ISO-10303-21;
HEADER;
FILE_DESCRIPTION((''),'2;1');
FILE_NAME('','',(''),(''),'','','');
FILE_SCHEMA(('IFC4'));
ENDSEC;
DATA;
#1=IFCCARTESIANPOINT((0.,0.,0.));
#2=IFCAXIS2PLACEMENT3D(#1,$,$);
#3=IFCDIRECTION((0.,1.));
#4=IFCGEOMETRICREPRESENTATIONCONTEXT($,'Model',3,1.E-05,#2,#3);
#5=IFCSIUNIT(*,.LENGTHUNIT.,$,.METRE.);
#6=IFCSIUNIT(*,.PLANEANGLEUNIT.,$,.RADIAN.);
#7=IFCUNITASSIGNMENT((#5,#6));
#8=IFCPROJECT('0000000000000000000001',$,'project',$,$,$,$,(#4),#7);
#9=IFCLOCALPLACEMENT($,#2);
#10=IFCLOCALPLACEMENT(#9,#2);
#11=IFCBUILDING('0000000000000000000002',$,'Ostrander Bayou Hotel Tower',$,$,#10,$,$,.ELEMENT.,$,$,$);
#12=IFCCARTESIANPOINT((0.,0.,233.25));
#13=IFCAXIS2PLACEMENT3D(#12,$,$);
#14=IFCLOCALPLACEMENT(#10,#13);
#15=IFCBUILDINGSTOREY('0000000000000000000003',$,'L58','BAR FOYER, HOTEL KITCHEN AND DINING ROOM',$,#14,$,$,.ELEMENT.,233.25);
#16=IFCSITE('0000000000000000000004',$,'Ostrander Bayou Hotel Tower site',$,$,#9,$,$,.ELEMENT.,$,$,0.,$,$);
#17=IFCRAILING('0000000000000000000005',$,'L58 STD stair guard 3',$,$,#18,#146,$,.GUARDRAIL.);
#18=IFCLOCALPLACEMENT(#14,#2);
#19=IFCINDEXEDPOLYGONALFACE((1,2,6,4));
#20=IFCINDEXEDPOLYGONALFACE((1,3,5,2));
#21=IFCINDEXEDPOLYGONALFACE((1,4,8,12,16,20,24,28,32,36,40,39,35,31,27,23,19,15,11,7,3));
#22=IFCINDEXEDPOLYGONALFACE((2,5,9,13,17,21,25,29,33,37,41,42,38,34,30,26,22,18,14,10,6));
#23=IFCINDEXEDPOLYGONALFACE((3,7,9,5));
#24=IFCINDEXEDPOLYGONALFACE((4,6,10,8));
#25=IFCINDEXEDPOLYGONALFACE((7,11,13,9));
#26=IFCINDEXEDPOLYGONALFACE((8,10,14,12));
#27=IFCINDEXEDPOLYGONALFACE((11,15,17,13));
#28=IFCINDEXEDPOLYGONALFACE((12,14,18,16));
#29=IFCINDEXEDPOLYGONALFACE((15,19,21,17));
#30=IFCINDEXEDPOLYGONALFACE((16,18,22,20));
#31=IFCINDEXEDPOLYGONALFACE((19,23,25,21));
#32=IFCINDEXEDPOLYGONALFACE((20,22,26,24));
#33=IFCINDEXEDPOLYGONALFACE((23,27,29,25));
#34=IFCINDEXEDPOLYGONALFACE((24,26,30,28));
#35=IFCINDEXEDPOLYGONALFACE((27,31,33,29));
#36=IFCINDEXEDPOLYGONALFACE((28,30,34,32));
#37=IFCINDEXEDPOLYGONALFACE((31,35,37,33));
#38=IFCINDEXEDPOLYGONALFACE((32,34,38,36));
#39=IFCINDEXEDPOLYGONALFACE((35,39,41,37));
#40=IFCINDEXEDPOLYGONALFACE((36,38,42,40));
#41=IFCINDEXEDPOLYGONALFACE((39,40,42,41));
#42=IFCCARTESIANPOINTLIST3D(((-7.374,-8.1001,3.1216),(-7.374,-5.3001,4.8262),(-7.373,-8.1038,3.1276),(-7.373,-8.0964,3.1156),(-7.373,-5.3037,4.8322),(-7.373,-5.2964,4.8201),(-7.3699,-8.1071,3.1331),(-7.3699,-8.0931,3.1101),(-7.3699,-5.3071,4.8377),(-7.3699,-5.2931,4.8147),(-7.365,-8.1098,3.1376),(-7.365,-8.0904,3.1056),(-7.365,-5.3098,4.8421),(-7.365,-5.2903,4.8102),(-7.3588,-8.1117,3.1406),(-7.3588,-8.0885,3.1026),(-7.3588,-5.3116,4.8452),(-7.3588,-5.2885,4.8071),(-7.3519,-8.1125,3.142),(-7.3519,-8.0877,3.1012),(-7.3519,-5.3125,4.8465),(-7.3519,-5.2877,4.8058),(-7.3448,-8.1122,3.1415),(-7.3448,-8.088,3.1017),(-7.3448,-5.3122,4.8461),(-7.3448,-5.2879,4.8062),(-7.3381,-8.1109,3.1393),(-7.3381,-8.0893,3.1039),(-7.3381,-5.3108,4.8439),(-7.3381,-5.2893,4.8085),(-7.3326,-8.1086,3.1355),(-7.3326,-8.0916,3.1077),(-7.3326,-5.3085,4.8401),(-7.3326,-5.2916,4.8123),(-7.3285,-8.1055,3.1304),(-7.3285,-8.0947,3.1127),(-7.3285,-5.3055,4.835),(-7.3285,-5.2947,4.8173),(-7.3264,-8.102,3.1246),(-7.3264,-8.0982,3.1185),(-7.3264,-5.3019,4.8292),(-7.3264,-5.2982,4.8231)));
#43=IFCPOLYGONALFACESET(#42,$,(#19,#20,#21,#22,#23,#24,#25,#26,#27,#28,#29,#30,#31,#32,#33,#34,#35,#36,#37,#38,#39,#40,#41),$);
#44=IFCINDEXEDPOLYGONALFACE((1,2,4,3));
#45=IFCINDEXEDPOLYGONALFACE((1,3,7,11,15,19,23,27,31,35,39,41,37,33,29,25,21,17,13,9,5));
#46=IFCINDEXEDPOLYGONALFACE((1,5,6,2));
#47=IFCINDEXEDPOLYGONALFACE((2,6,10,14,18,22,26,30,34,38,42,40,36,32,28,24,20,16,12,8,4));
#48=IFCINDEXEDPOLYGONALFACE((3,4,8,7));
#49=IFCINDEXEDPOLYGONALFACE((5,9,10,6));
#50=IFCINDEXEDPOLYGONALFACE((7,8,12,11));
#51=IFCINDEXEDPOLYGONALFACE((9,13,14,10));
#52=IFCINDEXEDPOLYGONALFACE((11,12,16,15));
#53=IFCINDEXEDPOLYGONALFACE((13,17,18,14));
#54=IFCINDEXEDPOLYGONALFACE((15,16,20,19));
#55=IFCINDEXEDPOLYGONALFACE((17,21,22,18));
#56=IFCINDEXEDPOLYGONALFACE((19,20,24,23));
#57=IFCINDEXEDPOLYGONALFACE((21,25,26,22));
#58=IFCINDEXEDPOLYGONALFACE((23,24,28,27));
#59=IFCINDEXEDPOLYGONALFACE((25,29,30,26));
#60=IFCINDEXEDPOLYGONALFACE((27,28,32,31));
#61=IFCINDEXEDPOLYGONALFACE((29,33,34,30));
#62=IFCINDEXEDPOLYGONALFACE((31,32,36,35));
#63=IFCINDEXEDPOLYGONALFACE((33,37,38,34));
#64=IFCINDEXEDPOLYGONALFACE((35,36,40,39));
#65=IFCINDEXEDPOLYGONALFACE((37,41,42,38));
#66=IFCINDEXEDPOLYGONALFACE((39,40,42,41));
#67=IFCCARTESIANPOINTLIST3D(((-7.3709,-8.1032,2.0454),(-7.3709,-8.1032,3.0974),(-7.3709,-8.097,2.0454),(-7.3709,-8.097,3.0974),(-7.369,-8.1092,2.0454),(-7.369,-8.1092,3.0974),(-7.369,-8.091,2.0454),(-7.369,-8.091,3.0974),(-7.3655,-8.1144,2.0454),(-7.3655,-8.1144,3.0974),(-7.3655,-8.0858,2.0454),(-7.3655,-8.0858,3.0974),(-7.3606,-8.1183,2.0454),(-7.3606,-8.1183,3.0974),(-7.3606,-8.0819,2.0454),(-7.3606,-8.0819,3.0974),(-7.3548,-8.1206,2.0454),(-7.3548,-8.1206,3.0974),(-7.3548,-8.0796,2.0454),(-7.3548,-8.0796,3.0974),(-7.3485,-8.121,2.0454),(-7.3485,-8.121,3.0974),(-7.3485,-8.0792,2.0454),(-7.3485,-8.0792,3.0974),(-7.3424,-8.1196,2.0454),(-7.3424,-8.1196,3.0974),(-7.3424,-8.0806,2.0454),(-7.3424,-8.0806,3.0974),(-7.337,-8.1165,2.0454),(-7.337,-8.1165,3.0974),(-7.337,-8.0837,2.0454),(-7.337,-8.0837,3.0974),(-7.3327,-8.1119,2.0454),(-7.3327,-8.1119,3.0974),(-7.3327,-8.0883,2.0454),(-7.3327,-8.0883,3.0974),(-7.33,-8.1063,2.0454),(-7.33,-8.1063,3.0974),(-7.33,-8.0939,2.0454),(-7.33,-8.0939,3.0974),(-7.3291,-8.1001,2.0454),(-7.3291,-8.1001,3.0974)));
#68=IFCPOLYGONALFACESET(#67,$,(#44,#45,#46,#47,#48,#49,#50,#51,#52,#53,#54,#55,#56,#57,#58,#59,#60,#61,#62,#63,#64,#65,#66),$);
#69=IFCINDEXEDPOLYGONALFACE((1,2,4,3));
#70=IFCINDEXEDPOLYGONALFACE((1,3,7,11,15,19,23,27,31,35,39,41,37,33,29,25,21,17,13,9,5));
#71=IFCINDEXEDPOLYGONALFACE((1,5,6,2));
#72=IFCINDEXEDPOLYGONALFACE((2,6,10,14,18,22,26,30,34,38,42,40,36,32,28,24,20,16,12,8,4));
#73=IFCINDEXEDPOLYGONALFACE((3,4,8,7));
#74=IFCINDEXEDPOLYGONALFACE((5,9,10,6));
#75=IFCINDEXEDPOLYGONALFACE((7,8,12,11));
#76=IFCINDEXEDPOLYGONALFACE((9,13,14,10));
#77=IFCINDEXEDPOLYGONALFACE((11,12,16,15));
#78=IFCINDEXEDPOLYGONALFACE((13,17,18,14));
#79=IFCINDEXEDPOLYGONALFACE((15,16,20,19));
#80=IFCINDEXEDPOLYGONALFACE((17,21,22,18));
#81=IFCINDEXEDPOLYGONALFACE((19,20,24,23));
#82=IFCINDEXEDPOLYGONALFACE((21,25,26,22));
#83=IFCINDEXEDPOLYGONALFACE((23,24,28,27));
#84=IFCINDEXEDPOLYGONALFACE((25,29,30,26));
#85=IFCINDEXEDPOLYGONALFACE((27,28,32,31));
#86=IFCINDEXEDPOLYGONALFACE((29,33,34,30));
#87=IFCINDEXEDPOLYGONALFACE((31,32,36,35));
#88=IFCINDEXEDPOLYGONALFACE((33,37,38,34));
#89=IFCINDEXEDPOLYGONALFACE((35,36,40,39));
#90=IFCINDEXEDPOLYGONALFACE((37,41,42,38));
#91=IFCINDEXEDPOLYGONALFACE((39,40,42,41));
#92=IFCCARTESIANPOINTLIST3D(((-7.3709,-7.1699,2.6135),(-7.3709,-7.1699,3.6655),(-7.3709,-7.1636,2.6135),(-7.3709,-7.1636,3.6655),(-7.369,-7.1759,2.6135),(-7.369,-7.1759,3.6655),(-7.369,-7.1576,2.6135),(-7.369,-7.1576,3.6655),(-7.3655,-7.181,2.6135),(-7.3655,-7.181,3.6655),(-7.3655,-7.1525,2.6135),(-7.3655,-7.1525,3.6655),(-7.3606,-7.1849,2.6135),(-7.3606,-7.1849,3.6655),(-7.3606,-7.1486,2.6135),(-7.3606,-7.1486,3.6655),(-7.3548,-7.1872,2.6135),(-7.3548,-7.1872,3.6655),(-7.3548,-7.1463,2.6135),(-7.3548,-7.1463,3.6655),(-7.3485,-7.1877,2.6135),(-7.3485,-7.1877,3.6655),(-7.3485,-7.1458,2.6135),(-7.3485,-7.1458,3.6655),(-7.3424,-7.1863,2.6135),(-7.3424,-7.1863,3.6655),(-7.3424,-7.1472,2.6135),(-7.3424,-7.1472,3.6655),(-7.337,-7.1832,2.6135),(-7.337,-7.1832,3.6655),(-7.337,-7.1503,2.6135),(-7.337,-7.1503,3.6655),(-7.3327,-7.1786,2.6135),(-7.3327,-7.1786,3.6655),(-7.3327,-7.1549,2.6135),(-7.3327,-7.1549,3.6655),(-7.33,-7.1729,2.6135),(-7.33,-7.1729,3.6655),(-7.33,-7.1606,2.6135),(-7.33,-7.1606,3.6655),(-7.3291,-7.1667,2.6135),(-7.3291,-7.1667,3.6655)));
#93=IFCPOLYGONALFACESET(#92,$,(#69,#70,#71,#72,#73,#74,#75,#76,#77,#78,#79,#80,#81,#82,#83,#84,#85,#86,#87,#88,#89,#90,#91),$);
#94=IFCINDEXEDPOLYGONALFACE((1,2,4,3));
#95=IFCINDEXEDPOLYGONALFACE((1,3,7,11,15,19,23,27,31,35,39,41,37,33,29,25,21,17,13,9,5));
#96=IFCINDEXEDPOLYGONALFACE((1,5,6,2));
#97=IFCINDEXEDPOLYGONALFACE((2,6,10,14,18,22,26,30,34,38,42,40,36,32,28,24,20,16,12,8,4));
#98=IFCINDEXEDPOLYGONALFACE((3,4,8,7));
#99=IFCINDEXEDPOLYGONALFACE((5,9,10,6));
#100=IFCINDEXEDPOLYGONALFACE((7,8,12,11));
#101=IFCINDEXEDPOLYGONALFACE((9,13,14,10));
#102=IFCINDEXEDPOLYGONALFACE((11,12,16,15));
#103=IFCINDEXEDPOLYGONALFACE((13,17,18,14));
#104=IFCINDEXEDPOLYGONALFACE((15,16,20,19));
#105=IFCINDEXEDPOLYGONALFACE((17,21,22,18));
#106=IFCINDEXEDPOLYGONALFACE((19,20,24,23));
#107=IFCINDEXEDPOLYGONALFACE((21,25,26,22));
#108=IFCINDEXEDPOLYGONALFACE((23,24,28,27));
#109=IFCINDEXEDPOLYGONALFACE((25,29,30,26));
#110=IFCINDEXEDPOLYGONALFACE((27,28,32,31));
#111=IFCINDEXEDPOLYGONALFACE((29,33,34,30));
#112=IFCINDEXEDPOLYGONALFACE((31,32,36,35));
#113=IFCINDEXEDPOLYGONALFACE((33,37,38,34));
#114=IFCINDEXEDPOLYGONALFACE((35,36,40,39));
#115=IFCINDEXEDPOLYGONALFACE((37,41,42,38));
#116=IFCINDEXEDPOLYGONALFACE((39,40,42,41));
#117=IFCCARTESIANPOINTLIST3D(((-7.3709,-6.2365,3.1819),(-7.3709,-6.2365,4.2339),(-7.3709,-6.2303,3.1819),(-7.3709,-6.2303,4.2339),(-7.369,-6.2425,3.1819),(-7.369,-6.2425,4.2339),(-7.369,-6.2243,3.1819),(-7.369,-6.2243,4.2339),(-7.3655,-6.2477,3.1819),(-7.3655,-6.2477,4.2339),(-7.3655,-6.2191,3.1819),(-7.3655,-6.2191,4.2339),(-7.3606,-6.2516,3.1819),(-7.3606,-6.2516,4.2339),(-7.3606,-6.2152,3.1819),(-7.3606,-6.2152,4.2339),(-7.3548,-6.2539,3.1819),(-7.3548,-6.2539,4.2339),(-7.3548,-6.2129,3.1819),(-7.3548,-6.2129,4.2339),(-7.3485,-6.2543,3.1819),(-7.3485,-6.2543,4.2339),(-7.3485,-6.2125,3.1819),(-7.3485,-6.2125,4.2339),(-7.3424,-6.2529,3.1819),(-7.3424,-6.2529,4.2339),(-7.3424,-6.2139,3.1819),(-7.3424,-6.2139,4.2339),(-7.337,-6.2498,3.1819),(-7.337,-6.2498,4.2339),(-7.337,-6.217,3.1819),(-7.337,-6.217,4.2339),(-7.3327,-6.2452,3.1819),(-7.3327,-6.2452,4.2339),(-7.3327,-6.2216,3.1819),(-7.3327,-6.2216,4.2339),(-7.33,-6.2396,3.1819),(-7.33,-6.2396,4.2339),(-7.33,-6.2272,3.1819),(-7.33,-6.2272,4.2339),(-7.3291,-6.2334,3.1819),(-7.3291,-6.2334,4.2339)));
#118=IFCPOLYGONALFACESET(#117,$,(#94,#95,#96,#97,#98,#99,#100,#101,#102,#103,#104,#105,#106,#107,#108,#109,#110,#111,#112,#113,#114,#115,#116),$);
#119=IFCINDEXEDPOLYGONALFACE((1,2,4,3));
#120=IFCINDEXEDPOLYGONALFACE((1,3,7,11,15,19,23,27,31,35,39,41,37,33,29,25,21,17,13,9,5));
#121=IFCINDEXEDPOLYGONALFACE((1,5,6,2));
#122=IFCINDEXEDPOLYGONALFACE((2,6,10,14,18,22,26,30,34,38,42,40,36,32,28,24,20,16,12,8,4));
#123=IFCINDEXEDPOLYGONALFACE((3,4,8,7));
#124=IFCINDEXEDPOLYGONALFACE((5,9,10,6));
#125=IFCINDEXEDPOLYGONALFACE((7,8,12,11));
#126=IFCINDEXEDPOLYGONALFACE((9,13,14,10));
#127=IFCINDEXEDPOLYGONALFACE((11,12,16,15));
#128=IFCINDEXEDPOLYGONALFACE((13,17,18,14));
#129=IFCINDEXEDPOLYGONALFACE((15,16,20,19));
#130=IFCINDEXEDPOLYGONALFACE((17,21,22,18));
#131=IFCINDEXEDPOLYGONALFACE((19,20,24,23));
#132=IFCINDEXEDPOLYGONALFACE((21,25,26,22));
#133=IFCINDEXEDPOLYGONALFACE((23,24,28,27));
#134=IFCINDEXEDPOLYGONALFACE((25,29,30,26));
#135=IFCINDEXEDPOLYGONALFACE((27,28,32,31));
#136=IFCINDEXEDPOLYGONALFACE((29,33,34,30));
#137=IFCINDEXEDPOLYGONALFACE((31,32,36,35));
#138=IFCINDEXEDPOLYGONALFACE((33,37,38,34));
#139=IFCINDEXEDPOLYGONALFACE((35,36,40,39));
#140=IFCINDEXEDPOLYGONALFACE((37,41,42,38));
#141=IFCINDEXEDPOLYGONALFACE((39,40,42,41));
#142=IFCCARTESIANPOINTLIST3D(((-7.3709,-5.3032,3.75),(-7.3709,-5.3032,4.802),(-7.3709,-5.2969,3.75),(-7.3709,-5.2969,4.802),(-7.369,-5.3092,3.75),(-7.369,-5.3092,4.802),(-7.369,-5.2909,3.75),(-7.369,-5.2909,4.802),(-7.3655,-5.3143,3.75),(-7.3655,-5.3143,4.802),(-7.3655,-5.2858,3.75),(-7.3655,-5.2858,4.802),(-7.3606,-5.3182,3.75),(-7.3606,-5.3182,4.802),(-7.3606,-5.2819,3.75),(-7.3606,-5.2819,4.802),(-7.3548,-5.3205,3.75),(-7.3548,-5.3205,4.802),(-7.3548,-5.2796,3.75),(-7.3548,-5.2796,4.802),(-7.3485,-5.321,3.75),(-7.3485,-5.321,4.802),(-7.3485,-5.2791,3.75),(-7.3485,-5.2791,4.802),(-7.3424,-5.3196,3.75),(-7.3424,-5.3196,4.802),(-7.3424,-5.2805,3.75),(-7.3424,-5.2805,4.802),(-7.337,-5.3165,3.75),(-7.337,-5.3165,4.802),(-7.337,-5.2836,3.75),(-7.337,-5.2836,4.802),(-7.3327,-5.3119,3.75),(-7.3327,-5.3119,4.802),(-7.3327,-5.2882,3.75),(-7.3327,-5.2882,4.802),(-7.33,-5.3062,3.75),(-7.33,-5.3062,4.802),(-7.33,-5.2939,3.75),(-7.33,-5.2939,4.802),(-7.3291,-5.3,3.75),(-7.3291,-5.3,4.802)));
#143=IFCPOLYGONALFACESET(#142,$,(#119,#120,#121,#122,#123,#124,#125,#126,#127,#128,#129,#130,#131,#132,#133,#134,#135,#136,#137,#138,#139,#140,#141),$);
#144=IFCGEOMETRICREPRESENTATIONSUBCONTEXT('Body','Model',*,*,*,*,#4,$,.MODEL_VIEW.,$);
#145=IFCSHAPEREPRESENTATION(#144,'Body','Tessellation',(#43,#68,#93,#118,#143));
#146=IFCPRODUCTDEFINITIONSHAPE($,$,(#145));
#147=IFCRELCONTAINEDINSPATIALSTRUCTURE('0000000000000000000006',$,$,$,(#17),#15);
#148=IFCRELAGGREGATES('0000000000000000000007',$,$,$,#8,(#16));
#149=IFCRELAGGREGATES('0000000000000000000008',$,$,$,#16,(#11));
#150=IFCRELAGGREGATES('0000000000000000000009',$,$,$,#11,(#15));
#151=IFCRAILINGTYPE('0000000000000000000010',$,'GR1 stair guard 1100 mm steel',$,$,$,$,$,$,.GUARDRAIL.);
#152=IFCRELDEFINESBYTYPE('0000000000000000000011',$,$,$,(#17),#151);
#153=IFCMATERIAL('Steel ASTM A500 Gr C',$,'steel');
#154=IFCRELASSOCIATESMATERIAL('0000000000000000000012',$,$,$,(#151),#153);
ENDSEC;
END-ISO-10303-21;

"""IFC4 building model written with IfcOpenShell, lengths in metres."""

from ifc_helpers import new_model, si_unit, direction, frame, origin, origin_2d, place, context, subcontext, project, spatial, circle, extrude, material, type_object, element, save


model = new_model("IFC4")

# Units and contexts
model_context = context("Model", 3, precision=1e-05, world=origin(), true_north=direction((0.0, 1.0)))
body_context = subcontext(model_context, "Body", "Model", "MODEL_VIEW")
ifc_project = project(units=[si_unit("LENGTHUNIT", "METRE"), si_unit("PLANEANGLEUNIT", "RADIAN")], contexts=[model_context])

# Site, building, storey
site_placement = place(None, origin())
site = spatial("IfcSite", under=ifc_project, at=site_placement, Name="Ostrander Bayou Hotel Tower site", CompositionType="ELEMENT", RefElevation=0.0)
building_placement = place(site_placement, origin())
building = spatial("IfcBuilding", under=site, at=building_placement, Name="Ostrander Bayou Hotel Tower", CompositionType="ELEMENT")
storey_placement = place(building_placement, frame((0.0, 0.0, 233.25)))
storey = spatial("IfcBuildingStorey", under=building, at=storey_placement, Name="L58", Description="BAR FOYER, HOTEL KITCHEN AND DINING ROOM", CompositionType="ELEMENT", Elevation=233.25)

# Railing
ifc_material_1 = material(Name="Steel ASTM A500 Gr C", Category="steel")
railing_type_1 = type_object("IfcRailingType", Name="GR1 stair guard 1100 mm steel", PredefinedType="GUARDRAIL", material=ifc_material_1)
railing_1_placement = place(storey_placement, frame((-7.3501, -8.1001, 2.0454)))
element("IfcRailing", 1, at=railing_1_placement, inside=storey, type_object=railing_type_1, Name="L58 STD stair guard 3", PredefinedType="GUARDRAIL", context=body_context, shape_type="SweptSolid", body=[
    extrude(circle(Radius=0.0239, at=origin_2d()), frame((0.0, 0.0, 1.0762), z_axis=(0.0, 0.85417, 0.519994), x_axis=(-1.0, 0.0, 0.0)), (0.0, 0.0, 1.0), 3.2781),
    extrude(circle(Radius=0.021, at=origin_2d()), origin(), (0.0, 0.0, 1.0), 1.052),
    extrude(circle(Radius=0.021, at=origin_2d()), frame((0.0, 0.9333, 0.5681)), (0.0, 0.0, 1.0), 1.052),
    extrude(circle(Radius=0.021, at=origin_2d()), frame((0.0, 1.8667, 1.1365)), (0.0, 0.0, 1.0), 1.052),
    extrude(circle(Radius=0.021, at=origin_2d()), frame((0.0, 2.8, 1.7046)), (0.0, 0.0, 1.0), 1.052),
])

save(model, "model.ifc")
